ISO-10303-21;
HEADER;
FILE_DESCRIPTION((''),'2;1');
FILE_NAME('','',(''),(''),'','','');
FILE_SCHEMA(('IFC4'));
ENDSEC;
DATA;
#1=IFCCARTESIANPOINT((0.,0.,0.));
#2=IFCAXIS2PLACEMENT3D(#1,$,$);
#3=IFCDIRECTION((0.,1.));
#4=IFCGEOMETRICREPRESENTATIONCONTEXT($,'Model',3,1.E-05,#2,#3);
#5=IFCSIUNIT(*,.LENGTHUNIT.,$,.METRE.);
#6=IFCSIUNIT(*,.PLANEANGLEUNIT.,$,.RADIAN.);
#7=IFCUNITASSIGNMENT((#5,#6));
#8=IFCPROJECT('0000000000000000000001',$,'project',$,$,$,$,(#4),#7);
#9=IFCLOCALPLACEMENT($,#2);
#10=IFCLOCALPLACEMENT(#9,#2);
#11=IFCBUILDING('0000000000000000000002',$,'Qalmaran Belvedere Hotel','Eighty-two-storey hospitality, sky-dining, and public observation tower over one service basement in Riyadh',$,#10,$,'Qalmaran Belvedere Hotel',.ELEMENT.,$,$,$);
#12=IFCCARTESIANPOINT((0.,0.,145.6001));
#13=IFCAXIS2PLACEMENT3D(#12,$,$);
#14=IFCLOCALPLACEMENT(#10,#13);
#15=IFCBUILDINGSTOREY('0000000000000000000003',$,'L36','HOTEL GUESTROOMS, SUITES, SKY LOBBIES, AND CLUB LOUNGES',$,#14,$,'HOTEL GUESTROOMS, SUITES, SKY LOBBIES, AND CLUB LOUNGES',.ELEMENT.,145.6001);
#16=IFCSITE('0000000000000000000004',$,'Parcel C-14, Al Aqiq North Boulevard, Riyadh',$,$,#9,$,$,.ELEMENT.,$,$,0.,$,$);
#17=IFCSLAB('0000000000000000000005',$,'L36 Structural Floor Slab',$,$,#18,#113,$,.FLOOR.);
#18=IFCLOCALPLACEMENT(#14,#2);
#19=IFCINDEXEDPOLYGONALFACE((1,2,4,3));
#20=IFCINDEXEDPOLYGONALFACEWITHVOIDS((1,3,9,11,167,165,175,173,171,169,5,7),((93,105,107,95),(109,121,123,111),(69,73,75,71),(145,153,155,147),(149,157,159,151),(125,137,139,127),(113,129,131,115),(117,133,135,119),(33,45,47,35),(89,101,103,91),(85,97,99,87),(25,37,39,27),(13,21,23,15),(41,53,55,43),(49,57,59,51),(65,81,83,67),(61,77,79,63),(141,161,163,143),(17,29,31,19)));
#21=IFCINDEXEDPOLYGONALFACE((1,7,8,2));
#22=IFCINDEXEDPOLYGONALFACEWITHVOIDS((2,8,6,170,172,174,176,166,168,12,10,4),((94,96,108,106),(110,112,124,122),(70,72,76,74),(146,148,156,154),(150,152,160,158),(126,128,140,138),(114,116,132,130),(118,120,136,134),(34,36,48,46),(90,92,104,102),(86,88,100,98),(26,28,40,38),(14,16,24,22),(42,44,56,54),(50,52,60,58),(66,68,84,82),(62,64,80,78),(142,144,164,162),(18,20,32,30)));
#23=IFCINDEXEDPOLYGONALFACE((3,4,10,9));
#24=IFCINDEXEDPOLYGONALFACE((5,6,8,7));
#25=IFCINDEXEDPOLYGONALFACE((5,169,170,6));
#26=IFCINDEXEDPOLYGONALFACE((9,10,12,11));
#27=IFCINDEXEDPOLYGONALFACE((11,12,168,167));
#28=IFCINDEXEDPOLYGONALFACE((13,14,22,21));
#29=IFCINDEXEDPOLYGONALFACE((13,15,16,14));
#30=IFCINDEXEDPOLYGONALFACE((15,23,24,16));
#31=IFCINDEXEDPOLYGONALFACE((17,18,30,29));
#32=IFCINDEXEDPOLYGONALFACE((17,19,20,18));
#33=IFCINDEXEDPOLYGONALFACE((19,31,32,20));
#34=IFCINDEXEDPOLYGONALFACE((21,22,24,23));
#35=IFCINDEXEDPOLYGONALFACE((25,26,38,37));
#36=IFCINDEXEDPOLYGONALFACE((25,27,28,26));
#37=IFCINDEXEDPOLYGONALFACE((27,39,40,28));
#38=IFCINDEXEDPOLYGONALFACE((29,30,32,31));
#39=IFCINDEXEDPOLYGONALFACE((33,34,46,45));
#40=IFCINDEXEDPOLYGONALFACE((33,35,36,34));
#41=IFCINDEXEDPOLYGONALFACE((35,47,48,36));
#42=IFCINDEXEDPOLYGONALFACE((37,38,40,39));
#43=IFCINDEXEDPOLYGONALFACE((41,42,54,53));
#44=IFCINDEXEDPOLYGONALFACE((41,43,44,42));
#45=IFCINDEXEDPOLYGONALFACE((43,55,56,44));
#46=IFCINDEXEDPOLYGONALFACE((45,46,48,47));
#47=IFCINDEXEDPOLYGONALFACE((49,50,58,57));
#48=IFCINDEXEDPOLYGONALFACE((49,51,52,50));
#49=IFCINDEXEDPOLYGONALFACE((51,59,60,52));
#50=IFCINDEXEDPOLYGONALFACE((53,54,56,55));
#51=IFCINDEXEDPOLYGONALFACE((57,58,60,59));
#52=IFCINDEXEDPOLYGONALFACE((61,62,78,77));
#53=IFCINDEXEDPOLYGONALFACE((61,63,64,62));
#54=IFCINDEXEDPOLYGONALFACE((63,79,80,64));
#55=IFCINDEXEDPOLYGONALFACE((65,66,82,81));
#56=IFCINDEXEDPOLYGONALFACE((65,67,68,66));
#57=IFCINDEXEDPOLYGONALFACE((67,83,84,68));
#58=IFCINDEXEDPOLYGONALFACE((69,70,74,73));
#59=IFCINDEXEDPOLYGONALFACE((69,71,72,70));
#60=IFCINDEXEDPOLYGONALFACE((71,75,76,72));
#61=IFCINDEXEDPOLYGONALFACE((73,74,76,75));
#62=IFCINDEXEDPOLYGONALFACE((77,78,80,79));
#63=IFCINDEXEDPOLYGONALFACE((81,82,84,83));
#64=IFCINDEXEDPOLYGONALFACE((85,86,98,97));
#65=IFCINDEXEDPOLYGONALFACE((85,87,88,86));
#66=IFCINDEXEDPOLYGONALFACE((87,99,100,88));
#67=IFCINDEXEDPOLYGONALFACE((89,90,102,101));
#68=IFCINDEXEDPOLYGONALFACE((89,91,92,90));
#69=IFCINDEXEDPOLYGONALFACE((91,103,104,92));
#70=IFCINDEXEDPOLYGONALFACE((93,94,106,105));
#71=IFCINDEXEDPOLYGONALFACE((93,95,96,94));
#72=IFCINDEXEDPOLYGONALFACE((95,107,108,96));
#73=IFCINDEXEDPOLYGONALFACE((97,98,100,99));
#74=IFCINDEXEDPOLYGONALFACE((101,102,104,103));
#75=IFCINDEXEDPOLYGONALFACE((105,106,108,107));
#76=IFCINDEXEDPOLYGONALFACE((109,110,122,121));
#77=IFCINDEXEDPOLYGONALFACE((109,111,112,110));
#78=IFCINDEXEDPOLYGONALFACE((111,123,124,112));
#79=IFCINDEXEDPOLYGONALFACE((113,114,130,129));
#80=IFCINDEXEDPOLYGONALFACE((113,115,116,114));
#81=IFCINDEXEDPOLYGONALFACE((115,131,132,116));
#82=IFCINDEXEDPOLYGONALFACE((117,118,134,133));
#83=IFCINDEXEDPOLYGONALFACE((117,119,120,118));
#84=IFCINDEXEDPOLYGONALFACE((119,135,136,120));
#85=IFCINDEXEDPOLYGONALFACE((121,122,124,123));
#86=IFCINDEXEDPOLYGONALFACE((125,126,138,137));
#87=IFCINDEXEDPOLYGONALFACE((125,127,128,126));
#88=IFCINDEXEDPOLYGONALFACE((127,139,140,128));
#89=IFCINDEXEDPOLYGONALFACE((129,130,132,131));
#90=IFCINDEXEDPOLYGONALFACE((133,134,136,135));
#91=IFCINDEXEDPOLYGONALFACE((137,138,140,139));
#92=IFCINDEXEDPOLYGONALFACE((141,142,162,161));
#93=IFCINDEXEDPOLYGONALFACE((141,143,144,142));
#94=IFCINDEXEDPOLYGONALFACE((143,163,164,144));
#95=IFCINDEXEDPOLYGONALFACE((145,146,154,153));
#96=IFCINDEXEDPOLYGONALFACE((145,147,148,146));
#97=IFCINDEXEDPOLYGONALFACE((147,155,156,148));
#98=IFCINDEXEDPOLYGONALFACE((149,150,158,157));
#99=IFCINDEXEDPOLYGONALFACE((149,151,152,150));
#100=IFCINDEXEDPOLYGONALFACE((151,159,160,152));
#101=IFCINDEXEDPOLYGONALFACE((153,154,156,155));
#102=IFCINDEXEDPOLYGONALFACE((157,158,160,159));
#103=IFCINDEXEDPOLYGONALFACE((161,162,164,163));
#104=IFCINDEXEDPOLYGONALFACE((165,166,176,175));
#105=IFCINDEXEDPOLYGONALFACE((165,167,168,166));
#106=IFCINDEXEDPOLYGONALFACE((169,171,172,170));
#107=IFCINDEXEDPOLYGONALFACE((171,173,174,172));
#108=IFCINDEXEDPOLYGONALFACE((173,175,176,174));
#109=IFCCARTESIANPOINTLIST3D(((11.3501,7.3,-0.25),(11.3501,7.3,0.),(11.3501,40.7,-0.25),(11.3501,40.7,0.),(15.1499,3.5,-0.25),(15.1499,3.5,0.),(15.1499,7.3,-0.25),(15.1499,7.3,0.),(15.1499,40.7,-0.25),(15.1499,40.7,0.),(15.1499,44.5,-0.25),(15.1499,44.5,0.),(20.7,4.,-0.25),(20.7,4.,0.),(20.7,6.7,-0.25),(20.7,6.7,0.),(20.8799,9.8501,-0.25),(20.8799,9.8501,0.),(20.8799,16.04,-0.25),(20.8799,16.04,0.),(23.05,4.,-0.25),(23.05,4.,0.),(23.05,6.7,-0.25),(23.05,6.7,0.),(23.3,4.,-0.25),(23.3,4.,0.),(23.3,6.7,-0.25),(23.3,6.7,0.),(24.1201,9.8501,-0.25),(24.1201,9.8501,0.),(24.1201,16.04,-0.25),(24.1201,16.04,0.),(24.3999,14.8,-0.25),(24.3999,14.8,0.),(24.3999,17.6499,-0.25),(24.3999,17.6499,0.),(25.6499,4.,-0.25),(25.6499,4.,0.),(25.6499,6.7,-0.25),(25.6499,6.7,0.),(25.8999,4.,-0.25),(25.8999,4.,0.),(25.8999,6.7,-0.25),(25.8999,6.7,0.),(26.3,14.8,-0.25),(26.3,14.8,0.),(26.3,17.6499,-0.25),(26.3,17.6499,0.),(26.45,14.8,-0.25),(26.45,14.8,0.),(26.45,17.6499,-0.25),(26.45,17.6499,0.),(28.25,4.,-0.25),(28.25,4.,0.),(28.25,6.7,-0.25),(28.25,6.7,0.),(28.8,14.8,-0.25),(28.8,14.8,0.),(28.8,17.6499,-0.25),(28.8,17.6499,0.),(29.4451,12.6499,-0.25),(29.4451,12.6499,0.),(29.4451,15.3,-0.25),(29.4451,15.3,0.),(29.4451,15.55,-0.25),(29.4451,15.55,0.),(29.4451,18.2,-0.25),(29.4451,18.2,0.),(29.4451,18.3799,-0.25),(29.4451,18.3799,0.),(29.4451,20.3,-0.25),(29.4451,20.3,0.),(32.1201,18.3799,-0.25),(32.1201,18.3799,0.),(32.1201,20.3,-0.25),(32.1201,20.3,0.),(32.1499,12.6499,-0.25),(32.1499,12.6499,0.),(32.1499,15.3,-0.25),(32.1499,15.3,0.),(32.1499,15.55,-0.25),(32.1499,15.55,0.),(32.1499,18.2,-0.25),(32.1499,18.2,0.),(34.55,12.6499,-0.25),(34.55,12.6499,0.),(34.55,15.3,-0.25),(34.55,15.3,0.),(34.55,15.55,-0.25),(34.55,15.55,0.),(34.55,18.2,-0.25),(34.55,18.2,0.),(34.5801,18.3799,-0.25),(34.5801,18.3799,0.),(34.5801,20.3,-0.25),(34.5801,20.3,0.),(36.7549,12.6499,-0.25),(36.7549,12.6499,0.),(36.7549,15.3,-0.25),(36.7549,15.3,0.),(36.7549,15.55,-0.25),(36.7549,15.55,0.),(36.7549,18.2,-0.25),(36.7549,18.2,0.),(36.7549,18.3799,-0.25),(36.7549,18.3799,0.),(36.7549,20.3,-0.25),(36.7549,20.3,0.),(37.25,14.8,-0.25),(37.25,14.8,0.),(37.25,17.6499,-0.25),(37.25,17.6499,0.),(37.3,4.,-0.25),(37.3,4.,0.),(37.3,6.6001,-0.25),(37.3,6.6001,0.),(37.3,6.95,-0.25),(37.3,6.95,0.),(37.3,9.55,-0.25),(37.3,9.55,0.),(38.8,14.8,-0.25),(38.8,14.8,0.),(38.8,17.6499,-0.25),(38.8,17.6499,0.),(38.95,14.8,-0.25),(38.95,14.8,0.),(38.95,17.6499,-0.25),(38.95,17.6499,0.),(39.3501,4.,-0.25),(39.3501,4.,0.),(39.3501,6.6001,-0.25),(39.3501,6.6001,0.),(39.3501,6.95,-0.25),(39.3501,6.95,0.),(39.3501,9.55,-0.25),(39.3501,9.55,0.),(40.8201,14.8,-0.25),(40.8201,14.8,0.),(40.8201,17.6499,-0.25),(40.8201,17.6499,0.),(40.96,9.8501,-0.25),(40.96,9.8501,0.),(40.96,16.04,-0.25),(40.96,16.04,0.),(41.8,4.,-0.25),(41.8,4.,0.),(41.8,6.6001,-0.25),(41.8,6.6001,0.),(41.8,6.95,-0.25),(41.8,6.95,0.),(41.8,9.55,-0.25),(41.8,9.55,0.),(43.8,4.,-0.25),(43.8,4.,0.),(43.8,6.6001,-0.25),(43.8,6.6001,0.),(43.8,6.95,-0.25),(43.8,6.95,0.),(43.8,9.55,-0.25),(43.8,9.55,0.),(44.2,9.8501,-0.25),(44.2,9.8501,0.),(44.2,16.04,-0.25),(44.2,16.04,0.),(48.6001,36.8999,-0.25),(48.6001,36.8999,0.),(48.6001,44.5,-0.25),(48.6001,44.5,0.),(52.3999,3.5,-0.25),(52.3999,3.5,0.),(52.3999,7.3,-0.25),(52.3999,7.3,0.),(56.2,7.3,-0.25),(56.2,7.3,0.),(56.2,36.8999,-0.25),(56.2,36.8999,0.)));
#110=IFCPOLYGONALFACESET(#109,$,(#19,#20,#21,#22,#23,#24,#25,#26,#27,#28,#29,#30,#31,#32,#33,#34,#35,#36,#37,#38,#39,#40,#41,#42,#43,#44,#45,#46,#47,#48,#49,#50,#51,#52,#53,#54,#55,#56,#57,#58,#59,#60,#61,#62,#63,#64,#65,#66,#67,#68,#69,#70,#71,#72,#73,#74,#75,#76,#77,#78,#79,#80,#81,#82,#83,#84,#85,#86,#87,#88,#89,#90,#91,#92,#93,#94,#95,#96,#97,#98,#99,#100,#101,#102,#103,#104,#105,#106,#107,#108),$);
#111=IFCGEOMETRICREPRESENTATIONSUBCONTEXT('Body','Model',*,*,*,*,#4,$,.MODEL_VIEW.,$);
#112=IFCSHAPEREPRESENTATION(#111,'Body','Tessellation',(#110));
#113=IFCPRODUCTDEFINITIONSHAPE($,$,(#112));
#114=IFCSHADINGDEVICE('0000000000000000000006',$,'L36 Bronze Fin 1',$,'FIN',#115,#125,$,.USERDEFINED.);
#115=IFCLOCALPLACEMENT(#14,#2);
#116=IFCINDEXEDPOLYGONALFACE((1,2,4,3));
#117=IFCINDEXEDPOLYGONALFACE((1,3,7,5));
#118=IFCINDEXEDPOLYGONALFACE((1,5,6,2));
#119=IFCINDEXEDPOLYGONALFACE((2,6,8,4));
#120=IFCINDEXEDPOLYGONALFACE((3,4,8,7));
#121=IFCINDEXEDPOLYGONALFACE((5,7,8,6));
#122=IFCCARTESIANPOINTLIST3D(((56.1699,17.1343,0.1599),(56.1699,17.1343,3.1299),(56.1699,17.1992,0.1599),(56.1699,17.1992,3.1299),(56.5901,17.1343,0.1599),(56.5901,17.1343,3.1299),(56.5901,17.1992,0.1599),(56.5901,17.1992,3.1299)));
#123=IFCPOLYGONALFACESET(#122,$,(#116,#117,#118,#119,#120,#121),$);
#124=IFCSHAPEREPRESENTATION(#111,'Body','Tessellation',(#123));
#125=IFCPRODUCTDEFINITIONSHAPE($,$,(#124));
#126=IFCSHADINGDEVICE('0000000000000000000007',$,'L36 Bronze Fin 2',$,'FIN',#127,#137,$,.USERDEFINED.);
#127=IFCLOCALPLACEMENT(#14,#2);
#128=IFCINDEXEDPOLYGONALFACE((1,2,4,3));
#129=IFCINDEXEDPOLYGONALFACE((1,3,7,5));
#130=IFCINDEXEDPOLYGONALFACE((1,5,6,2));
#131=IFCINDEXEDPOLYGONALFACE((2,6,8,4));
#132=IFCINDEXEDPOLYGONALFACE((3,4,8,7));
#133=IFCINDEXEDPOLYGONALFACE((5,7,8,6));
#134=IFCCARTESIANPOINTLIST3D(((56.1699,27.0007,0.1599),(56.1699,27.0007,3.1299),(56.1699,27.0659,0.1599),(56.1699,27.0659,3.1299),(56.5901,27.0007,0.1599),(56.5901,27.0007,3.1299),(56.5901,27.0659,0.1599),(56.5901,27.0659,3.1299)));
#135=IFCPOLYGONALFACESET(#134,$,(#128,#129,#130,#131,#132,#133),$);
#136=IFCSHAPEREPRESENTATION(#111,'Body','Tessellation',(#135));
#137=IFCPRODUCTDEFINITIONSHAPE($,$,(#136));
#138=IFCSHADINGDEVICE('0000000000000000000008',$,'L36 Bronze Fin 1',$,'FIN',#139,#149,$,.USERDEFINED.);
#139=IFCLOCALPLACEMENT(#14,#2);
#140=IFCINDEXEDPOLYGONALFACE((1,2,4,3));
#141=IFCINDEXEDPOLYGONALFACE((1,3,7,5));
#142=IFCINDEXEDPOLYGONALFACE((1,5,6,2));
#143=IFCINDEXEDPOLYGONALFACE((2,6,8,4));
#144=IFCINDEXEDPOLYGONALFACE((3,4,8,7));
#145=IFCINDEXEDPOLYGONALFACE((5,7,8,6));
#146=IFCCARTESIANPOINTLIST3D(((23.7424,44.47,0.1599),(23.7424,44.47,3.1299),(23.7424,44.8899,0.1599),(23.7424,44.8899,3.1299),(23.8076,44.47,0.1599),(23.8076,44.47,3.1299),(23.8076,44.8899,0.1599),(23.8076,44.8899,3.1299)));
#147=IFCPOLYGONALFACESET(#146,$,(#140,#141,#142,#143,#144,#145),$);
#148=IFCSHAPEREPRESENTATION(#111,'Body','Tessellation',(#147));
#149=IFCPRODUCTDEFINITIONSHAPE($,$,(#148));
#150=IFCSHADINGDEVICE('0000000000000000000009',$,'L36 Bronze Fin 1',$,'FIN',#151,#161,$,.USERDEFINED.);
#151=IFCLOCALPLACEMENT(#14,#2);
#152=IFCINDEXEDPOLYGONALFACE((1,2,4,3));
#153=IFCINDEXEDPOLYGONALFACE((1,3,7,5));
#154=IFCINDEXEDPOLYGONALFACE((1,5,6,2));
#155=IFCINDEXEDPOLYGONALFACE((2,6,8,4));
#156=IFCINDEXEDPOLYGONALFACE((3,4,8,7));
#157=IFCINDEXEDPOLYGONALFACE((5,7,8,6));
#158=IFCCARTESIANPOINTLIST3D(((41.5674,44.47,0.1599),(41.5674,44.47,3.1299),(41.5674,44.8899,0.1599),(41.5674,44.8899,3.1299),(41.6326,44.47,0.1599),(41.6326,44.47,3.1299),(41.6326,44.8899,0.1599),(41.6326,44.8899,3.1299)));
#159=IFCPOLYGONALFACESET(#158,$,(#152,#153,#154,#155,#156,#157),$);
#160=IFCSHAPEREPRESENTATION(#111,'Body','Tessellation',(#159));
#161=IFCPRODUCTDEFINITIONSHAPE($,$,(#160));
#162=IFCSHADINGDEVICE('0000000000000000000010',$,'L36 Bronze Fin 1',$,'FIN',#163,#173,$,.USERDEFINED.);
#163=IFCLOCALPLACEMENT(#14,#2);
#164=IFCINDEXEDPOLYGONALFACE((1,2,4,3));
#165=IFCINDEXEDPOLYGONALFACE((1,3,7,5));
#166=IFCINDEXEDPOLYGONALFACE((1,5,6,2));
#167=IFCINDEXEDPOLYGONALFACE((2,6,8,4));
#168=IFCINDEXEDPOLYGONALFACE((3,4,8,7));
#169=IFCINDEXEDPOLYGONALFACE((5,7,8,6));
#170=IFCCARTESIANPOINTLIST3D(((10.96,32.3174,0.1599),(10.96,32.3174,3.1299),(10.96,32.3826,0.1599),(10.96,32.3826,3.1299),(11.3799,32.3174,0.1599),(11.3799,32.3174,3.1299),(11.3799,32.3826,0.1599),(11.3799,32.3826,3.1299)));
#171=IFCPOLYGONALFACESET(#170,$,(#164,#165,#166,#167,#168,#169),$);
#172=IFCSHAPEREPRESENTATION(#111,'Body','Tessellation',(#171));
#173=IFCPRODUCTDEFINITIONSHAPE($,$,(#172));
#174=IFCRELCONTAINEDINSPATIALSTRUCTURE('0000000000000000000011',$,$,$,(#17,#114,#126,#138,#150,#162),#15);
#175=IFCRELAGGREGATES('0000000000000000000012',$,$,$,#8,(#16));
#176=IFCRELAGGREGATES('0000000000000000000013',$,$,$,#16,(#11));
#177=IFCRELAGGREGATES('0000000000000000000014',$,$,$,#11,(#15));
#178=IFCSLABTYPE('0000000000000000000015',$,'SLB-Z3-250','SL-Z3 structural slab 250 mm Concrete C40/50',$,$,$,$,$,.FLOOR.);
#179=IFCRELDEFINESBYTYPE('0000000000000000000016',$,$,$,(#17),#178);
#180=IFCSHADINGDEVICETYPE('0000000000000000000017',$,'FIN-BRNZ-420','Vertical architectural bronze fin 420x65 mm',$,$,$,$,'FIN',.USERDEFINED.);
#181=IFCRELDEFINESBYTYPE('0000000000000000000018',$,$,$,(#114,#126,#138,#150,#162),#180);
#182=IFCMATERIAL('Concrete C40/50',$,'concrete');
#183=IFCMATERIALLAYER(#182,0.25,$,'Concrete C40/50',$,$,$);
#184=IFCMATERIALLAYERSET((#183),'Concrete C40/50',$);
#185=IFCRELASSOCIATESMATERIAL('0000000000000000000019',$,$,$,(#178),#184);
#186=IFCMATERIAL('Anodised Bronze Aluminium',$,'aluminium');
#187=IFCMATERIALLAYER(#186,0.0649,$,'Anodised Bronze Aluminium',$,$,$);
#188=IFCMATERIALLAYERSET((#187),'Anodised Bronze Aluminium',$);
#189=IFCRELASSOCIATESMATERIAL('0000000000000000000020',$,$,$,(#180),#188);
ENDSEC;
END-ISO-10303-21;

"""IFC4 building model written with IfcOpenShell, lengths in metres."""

from ifc_helpers import new_model, si_unit, direction, frame, origin, place, context, subcontext, project, spatial, polyline, outline, extrude, material, layer, layer_set, type_object, element, save


model = new_model("IFC4")

# Units and contexts
model_context = context("Model", 3, precision=1e-05, world=origin(), true_north=direction((0.0, 1.0)))
body_context = subcontext(model_context, "Body", "Model", "MODEL_VIEW")
ifc_project = project(units=[si_unit("LENGTHUNIT", "METRE"), si_unit("PLANEANGLEUNIT", "RADIAN")], contexts=[model_context])

# Site, building, storey
site_placement = place(None, origin())
site = spatial("IfcSite", under=ifc_project, at=site_placement, Name="Parcel C-14, Al Aqiq North Boulevard, Riyadh", CompositionType="ELEMENT", RefElevation=0.0)
building_placement = place(site_placement, origin())
building = spatial("IfcBuilding", under=site, at=building_placement, Name="Qalmaran Belvedere Hotel", Description="Eighty-two-storey hospitality, sky-dining, and public observation tower over one service basement in Riyadh", LongName="Qalmaran Belvedere Hotel", CompositionType="ELEMENT")
storey_placement = place(building_placement, frame((0.0, 0.0, 145.6001)))
storey = spatial("IfcBuildingStorey", under=building, at=storey_placement, Name="L36", Description="HOTEL GUESTROOMS, SUITES, SKY LOBBIES, AND CLUB LOUNGES", LongName="HOTEL GUESTROOMS, SUITES, SKY LOBBIES, AND CLUB LOUNGES", CompositionType="ELEMENT", Elevation=145.6001)

# Shared definitions
ifc_material_1 = material(Name="Anodised Bronze Aluminium", Category="aluminium")

# Shared definitions
ifc_material_2 = material(Name="Concrete C40/50", Category="concrete")

# Slab
ifc_layer_1 = layer(ifc_material_2, 0.25, Name="Concrete C40/50")
ifc_layer_set_1 = layer_set([ifc_layer_1], Name="Concrete C40/50")
slab_type_1 = type_object("IfcSlabType", Name="SLB-Z3-250", Description="SL-Z3 structural slab 250 mm Concrete C40/50", PredefinedType="FLOOR", material=ifc_layer_set_1)
slab_1_placement = place(storey_placement, frame((0.0, 0.0, -0.25)))
element("IfcSlab", 1, at=slab_1_placement, inside=storey, type_object=slab_type_1, Name="L36 Structural Floor Slab", PredefinedType="FLOOR", context=body_context, shape_type="SweptSolid", body=[
    extrude(outline(polyline([(15.1499, 3.5), (52.3999, 3.5), (52.3999, 7.3), (56.2, 7.3), (56.2, 36.8999), (48.6001, 36.8999), (48.6001, 44.5), (15.1499, 44.5), (15.1499, 40.7), (11.3501, 40.7), (11.3501, 7.3), (15.1499, 7.3), (15.1499, 3.5)]), holes=[polyline([(20.8799, 9.8501), (24.1201, 9.8501), (24.1201, 16.04), (20.8799, 16.04), (20.8799, 9.8501)]), polyline([(40.96, 9.8501), (44.2, 9.8501), (44.2, 16.04), (40.96, 16.04), (40.96, 9.8501)]), polyline([(29.4451, 12.6499), (32.1499, 12.6499), (32.1499, 15.3), (29.4451, 15.3), (29.4451, 12.6499)]), polyline([(29.4451, 15.55), (32.1499, 15.55), (32.1499, 18.2), (29.4451, 18.2), (29.4451, 15.55)]), polyline([(34.55, 12.6499), (36.7549, 12.6499), (36.7549, 15.3), (34.55, 15.3), (34.55, 12.6499)]), polyline([(34.55, 15.55), (36.7549, 15.55), (36.7549, 18.2), (34.55, 18.2), (34.55, 15.55)]), polyline([(37.3, 4.0), (39.3501, 4.0), (39.3501, 6.6001), (37.3, 6.6001), (37.3, 4.0)]), polyline([(37.3, 6.95), (39.3501, 6.95), (39.3501, 9.55), (37.3, 9.55), (37.3, 6.95)]), polyline([(41.8, 4.0), (43.8, 4.0), (43.8, 6.6001), (41.8, 6.6001), (41.8, 4.0)]), polyline([(41.8, 6.95), (43.8, 6.95), (43.8, 9.55), (41.8, 9.55), (41.8, 6.95)]), polyline([(20.7, 4.0), (23.05, 4.0), (23.05, 6.7), (20.7, 6.7), (20.7, 4.0)]), polyline([(23.3, 4.0), (25.6499, 4.0), (25.6499, 6.7), (23.3, 6.7), (23.3, 4.0)]), polyline([(25.8999, 4.0), (28.25, 4.0), (28.25, 6.7), (25.8999, 6.7), (25.8999, 4.0)]), polyline([(24.3999, 14.8), (26.3, 14.8), (26.3, 17.6499), (24.3999, 17.6499), (24.3999, 14.8)]), polyline([(38.95, 14.8), (40.8201, 14.8), (40.8201, 17.6499), (38.95, 17.6499), (38.95, 14.8)]), polyline([(26.45, 14.8), (28.8, 14.8), (28.8, 17.6499), (26.45, 17.6499), (26.45, 14.8)]), polyline([(37.25, 14.8), (38.8, 14.8), (38.8, 17.6499), (37.25, 17.6499), (37.25, 14.8)]), polyline([(29.4451, 18.3799), (32.1201, 18.3799), (32.1201, 20.3), (29.4451, 20.3), (29.4451, 18.3799)]), polyline([(34.5801, 18.3799), (36.7549, 18.3799), (36.7549, 20.3), (34.5801, 20.3), (34.5801, 18.3799)])]), origin(), (0.0, 0.0, 1.0), 0.25),
])

# Shading devices
ifc_layer_2 = layer(ifc_material_1, 0.0649, Name="Anodised Bronze Aluminium")
ifc_layer_set_2 = layer_set([ifc_layer_2], Name="Anodised Bronze Aluminium")
shading_device_type = type_object("IfcShadingDeviceType", Name="FIN-BRNZ-420", Description="Vertical architectural bronze fin 420x65 mm", ElementType="FIN", PredefinedType="USERDEFINED", material=ifc_layer_set_2)
shading_device_1_placement = place(storey_placement, frame((0.0, 0.0, 0.1599)))
element("IfcShadingDevice", 2, at=shading_device_1_placement, inside=storey, type_object=shading_device_type, Name="L36 Bronze Fin 1", ObjectType="FIN", PredefinedType="USERDEFINED", context=body_context, shape_type="SweptSolid", body=[
    extrude(outline(polyline([(56.1699, 17.1343), (56.5901, 17.1343), (56.5901, 17.1992), (56.1699, 17.1992), (56.1699, 17.1343)])), origin(), (0.0, 0.0, 1.0), 2.97),
])
shading_device_2_placement = place(storey_placement, frame((0.0, 0.0, 0.1599)))
element("IfcShadingDevice", 3, at=shading_device_2_placement, inside=storey, type_object=shading_device_type, Name="L36 Bronze Fin 2", ObjectType="FIN", PredefinedType="USERDEFINED", context=body_context, shape_type="SweptSolid", body=[
    extrude(outline(polyline([(56.1699, 27.0007), (56.5901, 27.0007), (56.5901, 27.0659), (56.1699, 27.0659), (56.1699, 27.0007)])), origin(), (0.0, 0.0, 1.0), 2.97),
])
shading_device_3_placement = place(storey_placement, frame((0.0, 0.0, 0.1599)))
element("IfcShadingDevice", 4, at=shading_device_3_placement, inside=storey, type_object=shading_device_type, Name="L36 Bronze Fin 1", ObjectType="FIN", PredefinedType="USERDEFINED", context=body_context, shape_type="SweptSolid", body=[
    extrude(outline(polyline([(23.8076, 44.47), (23.8076, 44.8899), (23.7424, 44.8899), (23.7424, 44.47), (23.8076, 44.47)])), origin(), (0.0, 0.0, 1.0), 2.97),
])
shading_device_4_placement = place(storey_placement, frame((0.0, 0.0, 0.1599)))
element("IfcShadingDevice", 5, at=shading_device_4_placement, inside=storey, type_object=shading_device_type, Name="L36 Bronze Fin 1", ObjectType="FIN", PredefinedType="USERDEFINED", context=body_context, shape_type="SweptSolid", body=[
    extrude(outline(polyline([(41.6326, 44.47), (41.6326, 44.8899), (41.5674, 44.8899), (41.5674, 44.47), (41.6326, 44.47)])), origin(), (0.0, 0.0, 1.0), 2.97),
])
shading_device_5_placement = place(storey_placement, frame((0.0, 0.0, 0.1599)))
element("IfcShadingDevice", 6, at=shading_device_5_placement, inside=storey, type_object=shading_device_type, Name="L36 Bronze Fin 1", ObjectType="FIN", PredefinedType="USERDEFINED", context=body_context, shape_type="SweptSolid", body=[
    extrude(outline(polyline([(11.3799, 32.3826), (10.96, 32.3826), (10.96, 32.3174), (11.3799, 32.3174), (11.3799, 32.3826)])), origin(), (0.0, 0.0, 1.0), 2.97),
])

save(model, "model.ifc")
